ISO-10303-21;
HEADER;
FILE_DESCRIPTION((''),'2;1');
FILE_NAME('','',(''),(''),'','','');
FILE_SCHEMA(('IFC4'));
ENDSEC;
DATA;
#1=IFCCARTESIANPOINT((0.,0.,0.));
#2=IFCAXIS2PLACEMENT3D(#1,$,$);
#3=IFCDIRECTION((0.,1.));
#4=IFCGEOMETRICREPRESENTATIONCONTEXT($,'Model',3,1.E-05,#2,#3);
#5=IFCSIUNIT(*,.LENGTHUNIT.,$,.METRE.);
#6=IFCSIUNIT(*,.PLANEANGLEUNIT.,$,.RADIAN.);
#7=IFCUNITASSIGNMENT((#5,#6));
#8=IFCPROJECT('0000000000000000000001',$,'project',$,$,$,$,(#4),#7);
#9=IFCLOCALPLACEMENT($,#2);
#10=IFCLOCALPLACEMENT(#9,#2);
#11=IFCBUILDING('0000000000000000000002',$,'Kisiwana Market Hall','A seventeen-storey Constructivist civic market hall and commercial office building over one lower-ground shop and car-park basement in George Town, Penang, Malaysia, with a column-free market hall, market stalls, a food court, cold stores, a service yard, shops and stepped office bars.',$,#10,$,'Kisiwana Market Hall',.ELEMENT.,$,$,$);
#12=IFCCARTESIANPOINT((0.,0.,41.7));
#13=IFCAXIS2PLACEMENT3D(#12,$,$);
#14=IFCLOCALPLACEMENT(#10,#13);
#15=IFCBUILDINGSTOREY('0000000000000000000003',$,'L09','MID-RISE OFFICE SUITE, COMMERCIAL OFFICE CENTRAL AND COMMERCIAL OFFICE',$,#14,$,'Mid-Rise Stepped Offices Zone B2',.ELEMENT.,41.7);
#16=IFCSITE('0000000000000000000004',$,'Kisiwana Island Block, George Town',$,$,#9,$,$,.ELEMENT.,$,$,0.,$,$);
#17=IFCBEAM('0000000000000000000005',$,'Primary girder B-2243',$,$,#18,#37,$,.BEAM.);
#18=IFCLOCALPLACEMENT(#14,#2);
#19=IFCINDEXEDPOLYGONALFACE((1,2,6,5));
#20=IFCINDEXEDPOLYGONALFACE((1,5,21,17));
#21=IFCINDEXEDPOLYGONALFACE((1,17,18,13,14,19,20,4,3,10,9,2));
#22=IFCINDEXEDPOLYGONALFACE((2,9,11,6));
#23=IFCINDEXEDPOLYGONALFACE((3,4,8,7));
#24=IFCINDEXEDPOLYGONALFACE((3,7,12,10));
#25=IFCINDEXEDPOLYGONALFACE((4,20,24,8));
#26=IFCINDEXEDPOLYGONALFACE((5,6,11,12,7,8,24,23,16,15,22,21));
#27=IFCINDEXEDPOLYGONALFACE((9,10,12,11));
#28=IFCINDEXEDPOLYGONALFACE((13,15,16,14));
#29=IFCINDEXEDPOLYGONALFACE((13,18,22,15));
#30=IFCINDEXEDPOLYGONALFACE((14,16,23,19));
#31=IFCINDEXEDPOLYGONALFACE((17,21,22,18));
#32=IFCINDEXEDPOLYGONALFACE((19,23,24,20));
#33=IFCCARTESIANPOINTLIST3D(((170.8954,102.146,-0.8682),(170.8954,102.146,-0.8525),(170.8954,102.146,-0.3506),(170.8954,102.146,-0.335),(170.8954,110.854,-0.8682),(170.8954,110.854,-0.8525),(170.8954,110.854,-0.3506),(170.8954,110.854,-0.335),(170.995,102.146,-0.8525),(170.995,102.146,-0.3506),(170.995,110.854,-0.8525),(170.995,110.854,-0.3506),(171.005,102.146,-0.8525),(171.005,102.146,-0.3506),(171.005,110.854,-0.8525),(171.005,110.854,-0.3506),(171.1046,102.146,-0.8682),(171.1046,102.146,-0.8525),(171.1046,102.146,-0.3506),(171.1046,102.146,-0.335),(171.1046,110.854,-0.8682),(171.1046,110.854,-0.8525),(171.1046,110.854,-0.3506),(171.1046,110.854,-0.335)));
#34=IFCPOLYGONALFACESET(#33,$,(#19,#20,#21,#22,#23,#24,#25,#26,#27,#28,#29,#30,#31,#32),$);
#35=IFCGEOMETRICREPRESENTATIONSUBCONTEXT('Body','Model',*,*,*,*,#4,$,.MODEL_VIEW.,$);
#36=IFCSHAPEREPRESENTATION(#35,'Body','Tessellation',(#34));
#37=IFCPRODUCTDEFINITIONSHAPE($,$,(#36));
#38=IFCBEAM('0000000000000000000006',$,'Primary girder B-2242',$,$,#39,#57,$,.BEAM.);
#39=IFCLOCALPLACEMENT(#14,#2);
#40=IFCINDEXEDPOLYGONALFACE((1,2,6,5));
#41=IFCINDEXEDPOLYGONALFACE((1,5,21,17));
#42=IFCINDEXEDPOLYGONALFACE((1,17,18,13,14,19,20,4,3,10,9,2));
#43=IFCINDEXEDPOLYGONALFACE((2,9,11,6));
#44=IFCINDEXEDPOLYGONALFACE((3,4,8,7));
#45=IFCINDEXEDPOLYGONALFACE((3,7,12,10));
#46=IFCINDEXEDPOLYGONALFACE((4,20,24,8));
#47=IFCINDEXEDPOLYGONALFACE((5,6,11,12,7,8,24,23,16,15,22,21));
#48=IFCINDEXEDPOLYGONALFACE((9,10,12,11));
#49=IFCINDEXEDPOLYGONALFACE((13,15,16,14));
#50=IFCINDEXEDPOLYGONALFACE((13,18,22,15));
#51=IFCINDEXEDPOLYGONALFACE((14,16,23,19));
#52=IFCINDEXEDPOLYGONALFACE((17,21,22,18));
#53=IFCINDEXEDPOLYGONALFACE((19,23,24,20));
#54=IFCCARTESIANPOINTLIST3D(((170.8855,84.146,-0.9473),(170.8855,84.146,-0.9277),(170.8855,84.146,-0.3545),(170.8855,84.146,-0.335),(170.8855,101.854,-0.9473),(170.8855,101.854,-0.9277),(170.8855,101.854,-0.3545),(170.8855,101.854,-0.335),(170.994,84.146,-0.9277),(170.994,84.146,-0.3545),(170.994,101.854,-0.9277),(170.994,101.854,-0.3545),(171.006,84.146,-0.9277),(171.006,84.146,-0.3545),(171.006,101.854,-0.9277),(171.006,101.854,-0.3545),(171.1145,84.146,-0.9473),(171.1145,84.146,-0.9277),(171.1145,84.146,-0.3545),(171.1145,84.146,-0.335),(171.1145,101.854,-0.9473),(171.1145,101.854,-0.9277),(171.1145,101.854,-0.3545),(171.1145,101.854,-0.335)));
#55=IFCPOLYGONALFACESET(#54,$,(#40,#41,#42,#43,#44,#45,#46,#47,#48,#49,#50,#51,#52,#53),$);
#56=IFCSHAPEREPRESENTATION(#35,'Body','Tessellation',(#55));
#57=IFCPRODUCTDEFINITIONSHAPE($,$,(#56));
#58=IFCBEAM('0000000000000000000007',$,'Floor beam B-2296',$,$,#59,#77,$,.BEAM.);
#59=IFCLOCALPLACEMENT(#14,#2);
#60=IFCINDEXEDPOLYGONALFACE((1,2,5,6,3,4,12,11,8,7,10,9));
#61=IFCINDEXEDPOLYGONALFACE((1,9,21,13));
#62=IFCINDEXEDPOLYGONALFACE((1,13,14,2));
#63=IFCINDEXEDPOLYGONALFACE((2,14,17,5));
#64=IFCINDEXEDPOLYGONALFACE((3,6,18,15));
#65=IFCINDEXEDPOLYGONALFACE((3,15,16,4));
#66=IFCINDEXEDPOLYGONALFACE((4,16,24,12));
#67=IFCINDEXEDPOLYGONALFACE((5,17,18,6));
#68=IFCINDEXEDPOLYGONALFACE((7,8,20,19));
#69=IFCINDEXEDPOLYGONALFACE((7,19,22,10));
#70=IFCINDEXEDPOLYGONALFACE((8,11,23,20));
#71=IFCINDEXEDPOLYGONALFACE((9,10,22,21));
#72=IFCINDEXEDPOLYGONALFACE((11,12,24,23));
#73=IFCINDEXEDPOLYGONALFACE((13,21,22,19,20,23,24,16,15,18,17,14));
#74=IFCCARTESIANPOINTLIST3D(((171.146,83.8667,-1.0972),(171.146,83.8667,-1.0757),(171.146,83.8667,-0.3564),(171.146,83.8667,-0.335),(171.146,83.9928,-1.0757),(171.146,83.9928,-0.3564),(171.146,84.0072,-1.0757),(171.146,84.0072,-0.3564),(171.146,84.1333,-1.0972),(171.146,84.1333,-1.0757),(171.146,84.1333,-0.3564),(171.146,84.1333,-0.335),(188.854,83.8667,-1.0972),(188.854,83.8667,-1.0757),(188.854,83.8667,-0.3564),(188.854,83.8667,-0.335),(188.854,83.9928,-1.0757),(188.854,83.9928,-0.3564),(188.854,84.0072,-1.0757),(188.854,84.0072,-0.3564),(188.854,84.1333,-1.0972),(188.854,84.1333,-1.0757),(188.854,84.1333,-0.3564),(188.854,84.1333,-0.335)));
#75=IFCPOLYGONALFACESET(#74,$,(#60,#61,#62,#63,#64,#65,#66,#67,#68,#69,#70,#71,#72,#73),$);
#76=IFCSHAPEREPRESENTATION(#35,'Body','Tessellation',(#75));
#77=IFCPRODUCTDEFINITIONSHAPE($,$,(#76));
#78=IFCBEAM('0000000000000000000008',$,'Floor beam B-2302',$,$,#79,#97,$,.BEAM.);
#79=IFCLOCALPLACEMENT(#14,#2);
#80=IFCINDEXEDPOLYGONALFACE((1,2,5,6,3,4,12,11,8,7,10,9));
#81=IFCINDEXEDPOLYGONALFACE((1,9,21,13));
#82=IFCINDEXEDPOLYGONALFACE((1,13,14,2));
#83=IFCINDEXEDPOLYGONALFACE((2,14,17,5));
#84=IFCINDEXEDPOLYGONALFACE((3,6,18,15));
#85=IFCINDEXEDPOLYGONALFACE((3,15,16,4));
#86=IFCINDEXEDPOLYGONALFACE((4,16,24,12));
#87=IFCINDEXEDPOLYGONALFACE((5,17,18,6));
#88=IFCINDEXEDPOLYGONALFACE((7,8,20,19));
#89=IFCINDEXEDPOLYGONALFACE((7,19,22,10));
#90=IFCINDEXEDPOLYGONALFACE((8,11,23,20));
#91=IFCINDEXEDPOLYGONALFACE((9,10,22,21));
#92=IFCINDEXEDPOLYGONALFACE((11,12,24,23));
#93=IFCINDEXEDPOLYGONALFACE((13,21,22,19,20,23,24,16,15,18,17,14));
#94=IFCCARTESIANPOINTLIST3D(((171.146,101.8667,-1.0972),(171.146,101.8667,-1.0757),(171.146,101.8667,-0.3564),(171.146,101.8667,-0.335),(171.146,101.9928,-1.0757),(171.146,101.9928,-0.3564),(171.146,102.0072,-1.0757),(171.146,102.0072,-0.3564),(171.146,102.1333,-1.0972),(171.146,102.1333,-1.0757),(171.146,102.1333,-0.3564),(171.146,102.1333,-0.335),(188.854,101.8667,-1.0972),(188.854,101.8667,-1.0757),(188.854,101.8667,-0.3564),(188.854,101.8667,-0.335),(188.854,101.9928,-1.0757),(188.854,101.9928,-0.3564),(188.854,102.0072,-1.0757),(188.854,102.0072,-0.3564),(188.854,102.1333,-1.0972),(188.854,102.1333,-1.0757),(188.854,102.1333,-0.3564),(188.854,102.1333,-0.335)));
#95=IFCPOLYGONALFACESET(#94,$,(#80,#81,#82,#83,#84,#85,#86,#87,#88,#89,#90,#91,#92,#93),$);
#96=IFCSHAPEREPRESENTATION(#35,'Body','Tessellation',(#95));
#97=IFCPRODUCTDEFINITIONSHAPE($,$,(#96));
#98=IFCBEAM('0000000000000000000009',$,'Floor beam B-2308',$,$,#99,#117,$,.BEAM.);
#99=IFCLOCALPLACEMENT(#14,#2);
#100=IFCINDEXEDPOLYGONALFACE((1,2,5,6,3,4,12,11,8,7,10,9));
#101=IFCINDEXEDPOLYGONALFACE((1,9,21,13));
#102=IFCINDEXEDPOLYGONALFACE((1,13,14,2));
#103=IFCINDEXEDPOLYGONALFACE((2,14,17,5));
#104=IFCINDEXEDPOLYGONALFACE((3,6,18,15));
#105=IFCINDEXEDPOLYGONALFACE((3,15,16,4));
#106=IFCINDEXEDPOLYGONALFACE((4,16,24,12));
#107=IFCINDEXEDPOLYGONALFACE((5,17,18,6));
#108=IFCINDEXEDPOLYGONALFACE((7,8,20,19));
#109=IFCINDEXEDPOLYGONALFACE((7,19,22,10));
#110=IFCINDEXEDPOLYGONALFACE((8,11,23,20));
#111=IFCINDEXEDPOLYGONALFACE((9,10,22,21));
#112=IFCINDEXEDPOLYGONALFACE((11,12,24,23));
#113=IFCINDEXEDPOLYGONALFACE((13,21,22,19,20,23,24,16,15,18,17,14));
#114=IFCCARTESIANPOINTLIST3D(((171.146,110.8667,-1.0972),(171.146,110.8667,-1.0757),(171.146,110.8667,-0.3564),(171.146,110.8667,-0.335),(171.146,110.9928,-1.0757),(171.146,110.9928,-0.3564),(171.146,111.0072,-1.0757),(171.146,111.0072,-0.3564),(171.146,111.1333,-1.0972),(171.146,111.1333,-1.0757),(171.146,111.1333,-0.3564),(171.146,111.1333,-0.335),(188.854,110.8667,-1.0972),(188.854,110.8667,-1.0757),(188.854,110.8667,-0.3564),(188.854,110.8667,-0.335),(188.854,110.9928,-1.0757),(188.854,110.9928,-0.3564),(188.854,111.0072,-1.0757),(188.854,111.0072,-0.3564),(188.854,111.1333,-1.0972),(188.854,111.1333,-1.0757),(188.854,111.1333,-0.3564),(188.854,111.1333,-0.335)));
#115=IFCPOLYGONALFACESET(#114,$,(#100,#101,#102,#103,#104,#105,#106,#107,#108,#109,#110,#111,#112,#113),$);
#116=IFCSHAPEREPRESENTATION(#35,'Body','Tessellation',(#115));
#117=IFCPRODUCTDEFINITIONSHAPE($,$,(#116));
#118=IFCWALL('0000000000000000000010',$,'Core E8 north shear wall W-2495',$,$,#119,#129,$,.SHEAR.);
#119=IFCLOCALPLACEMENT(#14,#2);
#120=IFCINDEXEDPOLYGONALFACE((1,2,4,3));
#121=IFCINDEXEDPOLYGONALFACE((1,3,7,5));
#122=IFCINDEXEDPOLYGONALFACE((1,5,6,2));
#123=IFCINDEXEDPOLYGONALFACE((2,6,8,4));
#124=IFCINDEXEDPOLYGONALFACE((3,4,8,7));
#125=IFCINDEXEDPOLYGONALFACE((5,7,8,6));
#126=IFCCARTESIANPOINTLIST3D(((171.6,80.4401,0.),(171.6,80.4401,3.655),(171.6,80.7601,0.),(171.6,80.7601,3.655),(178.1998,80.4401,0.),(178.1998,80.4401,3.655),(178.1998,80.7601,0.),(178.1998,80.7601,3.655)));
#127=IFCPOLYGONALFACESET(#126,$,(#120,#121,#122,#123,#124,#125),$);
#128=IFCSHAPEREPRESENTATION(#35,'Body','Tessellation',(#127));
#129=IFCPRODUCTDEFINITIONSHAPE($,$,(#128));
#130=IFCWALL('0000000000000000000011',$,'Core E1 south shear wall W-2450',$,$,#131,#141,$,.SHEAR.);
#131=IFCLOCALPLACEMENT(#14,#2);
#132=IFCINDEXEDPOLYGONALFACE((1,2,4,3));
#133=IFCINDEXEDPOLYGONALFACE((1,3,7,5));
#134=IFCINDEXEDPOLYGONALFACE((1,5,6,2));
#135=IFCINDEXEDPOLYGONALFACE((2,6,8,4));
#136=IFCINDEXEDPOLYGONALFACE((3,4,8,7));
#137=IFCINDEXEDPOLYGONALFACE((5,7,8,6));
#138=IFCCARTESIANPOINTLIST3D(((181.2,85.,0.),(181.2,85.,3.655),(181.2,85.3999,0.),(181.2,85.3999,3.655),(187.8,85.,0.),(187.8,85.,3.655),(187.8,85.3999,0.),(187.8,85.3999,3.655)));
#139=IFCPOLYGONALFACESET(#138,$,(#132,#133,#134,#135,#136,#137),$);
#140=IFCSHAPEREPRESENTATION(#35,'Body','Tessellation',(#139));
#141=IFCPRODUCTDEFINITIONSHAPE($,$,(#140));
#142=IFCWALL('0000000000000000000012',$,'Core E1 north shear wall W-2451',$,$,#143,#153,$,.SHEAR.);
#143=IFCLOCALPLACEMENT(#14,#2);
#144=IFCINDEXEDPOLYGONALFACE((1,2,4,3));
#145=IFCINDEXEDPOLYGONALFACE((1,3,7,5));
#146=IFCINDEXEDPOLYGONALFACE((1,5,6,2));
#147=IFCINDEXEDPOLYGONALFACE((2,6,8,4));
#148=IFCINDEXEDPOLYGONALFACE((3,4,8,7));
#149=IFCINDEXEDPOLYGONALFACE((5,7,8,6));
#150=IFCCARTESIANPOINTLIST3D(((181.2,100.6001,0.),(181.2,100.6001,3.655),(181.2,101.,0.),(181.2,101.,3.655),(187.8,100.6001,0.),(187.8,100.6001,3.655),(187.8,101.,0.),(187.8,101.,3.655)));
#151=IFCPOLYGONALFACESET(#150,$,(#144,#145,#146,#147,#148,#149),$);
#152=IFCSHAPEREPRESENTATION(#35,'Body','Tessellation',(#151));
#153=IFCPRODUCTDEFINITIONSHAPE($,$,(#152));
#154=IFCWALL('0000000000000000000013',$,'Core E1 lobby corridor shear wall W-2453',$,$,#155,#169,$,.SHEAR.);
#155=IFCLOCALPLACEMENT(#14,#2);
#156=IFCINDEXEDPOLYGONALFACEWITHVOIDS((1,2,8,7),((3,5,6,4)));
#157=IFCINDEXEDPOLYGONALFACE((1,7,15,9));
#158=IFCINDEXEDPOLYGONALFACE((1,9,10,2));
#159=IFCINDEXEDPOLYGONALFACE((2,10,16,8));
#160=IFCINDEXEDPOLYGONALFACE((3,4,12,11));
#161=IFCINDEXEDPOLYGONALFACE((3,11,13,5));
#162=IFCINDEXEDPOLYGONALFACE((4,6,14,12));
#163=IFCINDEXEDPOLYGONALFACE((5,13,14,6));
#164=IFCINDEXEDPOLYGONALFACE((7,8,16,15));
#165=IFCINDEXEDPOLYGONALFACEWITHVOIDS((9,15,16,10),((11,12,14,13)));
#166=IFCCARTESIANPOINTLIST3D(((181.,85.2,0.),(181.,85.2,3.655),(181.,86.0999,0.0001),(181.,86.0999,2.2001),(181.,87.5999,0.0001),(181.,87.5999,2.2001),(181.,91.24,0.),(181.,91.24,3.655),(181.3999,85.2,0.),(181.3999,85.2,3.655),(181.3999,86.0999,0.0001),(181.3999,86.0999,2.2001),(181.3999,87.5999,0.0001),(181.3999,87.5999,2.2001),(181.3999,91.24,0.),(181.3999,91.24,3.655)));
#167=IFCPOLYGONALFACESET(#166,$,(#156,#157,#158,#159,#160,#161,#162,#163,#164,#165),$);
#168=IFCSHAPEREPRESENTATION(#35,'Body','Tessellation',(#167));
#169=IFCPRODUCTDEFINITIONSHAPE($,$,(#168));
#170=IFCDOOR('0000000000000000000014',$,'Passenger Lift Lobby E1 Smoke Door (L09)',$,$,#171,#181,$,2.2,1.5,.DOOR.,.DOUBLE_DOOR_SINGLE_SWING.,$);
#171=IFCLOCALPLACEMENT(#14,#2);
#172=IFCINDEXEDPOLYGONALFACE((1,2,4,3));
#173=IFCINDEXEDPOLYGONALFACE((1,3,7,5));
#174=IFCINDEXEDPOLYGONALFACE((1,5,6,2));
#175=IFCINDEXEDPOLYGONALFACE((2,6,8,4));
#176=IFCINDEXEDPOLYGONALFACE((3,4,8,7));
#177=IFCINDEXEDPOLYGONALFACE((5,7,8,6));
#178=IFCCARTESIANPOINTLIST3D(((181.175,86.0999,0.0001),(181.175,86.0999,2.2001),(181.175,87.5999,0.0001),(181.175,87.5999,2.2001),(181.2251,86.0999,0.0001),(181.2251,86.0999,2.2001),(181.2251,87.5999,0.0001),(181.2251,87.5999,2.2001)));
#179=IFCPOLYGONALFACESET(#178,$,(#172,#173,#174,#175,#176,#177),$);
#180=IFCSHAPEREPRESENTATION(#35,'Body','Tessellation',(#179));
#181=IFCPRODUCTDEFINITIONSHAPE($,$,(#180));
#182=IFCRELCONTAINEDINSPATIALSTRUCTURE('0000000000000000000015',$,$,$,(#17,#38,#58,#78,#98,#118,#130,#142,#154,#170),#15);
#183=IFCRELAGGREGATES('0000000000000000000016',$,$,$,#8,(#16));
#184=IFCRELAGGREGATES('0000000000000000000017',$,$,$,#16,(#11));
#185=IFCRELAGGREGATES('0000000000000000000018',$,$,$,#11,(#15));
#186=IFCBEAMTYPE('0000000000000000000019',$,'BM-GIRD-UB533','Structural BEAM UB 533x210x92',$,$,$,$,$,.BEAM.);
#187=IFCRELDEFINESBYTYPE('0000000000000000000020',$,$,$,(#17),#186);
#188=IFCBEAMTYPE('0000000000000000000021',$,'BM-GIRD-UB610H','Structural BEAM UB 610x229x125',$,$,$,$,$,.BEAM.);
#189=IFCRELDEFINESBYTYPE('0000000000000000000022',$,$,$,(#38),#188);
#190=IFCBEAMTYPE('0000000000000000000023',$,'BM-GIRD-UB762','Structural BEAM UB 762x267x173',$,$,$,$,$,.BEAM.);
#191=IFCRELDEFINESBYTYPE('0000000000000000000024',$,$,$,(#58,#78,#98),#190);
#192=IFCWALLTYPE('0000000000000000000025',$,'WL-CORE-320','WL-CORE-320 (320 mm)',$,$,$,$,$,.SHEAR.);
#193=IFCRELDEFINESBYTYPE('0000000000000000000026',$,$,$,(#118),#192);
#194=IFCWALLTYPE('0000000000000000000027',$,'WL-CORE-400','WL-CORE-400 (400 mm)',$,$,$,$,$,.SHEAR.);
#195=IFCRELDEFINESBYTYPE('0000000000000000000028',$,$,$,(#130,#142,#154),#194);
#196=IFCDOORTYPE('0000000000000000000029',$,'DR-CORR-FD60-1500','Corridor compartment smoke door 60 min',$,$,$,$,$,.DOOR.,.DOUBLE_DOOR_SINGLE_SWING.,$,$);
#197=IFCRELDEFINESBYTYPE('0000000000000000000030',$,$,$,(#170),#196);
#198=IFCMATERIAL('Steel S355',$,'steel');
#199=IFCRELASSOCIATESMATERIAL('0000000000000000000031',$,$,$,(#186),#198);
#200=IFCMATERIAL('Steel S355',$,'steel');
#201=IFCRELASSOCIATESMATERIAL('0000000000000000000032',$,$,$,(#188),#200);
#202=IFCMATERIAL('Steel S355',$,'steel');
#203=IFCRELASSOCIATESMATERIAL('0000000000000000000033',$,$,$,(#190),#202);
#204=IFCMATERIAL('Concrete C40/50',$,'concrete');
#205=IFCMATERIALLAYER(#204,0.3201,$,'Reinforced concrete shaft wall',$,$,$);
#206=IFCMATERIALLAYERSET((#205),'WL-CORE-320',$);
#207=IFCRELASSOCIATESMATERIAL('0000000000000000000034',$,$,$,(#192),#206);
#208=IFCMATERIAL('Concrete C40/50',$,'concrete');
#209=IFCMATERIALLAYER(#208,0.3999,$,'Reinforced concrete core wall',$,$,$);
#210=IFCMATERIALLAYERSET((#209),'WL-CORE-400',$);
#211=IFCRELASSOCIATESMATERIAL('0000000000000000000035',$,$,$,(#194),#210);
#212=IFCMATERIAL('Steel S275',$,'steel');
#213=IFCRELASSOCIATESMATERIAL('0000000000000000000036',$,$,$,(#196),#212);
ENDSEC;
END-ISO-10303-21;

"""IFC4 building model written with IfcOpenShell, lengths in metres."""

from ifc_helpers import new_model, si_unit, direction, frame, frame_2d, origin, origin_2d, place, context, subcontext, project, spatial, rectangle, i_section, extrude, material, layer, layer_set, material_profile, profile_set, type_object, element, fill, save


model = new_model("IFC4")

# Units and contexts
model_context = context("Model", 3, precision=1e-05, world=origin(), true_north=direction((0.0, 1.0)))
body_context = subcontext(model_context, "Body", "Model", "MODEL_VIEW")
ifc_project = project(units=[si_unit("LENGTHUNIT", "METRE"), si_unit("PLANEANGLEUNIT", "RADIAN")], contexts=[model_context])

# Site, building, storey
site_placement = place(None, origin())
site = spatial("IfcSite", under=ifc_project, at=site_placement, Name="Kisiwana Island Block, George Town", CompositionType="ELEMENT", RefElevation=0.0)
building_placement = place(site_placement, origin())
building = spatial("IfcBuilding", under=site, at=building_placement, Name="Kisiwana Market Hall", Description="A seventeen-storey Constructivist civic market hall and commercial office building over one lower-ground shop and car-park basement in George Town, Penang, Malaysia, with a column-free market hall, market stalls, a food court, cold stores, a service yard, shops and stepped office bars.", LongName="Kisiwana Market Hall", CompositionType="ELEMENT")
storey_placement = place(building_placement, frame((0.0, 0.0, 41.7)))
storey = spatial("IfcBuildingStorey", under=building, at=storey_placement, Name="L09", Description="MID-RISE OFFICE SUITE, COMMERCIAL OFFICE CENTRAL AND COMMERCIAL OFFICE", LongName="Mid-Rise Stepped Offices Zone B2", CompositionType="ELEMENT", Elevation=41.7)

# Beams
ifc_material_1 = material(Name="Steel S355", Category="steel")
ifc_material_profile_1 = material_profile(ifc_material_1, i_section(OverallWidth=0.2092, OverallDepth=0.5332, WebThickness=0.01, FlangeThickness=0.0156, at=origin_2d()), Name="UB 533x210x92")
ifc_profile_set_1 = profile_set([ifc_material_profile_1], Name="Steel S355")
beam_type_1 = type_object("IfcBeamType", Name="BM-GIRD-UB533", Description="Structural BEAM UB 533x210x92", PredefinedType="BEAM", material=ifc_profile_set_1)
beam_1_placement = place(storey_placement, frame((171.0, 102.146, -0.6016), z_axis=(0.0, 1.0, 0.0), x_axis=(-1.0, 0.0, 0.0)))
element("IfcBeam", 1, at=beam_1_placement, inside=storey, type_object=beam_type_1, Name="Primary girder B-2243", PredefinedType="BEAM", context=body_context, shape_type="SweptSolid", body=[
    extrude(i_section(OverallWidth=0.2092, OverallDepth=0.5332, WebThickness=0.01, FlangeThickness=0.0156, at=origin_2d()), origin(), (0.0, 0.0, 1.0), 8.708),
])
ifc_material_2 = material(Name="Steel S355", Category="steel")
ifc_material_profile_2 = material_profile(ifc_material_2, i_section(OverallWidth=0.229, OverallDepth=0.6123, WebThickness=0.012, FlangeThickness=0.0195, at=origin_2d()), Name="UB 610x229x125")
ifc_profile_set_2 = profile_set([ifc_material_profile_2], Name="Steel S355")
beam_type_2 = type_object("IfcBeamType", Name="BM-GIRD-UB610H", Description="Structural BEAM UB 610x229x125", PredefinedType="BEAM", material=ifc_profile_set_2)
beam_2_placement = place(storey_placement, frame((171.0, 84.146, -0.6411), z_axis=(0.0, 1.0, 0.0), x_axis=(-1.0, 0.0, 0.0)))
element("IfcBeam", 2, at=beam_2_placement, inside=storey, type_object=beam_type_2, Name="Primary girder B-2242", PredefinedType="BEAM", context=body_context, shape_type="SweptSolid", body=[
    extrude(i_section(OverallWidth=0.229, OverallDepth=0.6123, WebThickness=0.012, FlangeThickness=0.0195, at=origin_2d()), origin(), (0.0, 0.0, 1.0), 17.708),
])
ifc_material_3 = material(Name="Steel S355", Category="steel")
ifc_material_profile_3 = material_profile(ifc_material_3, i_section(OverallWidth=0.2666, OverallDepth=0.7622, WebThickness=0.0144, FlangeThickness=0.0215, at=origin_2d()), Name="UB 762x267x173")
ifc_profile_set_3 = profile_set([ifc_material_profile_3], Name="Steel S355")
beam_type_3 = type_object("IfcBeamType", Name="BM-GIRD-UB762", Description="Structural BEAM UB 762x267x173", PredefinedType="BEAM", material=ifc_profile_set_3)
for number, where, z_axis, x_axis, name in (
    (3, (171.146, 84.0, -0.7161), (1.0, 0.0, 0.0), (0.0, 1.0, 0.0), "Floor beam B-2296"),
    (4, (171.146, 102.0, -0.7161), (1.0, 0.0, 0.0), (0.0, 1.0, 0.0), "Floor beam B-2302"),
    (5, (171.146, 111.0, -0.7161), (1.0, 0.0, 0.0), (0.0, 1.0, 0.0), "Floor beam B-2308"),
):
    element("IfcBeam", number, at=place(storey_placement, frame(where, z_axis=z_axis, x_axis=x_axis)), inside=storey, type_object=beam_type_3, Name=name, PredefinedType="BEAM", context=body_context, shape_type="SweptSolid", body=[
        extrude(i_section(OverallWidth=0.2666, OverallDepth=0.7622, WebThickness=0.0144, FlangeThickness=0.0215, at=origin_2d()), origin(), (0.0, 0.0, 1.0), 17.708),
    ])

# Walls
ifc_material_4 = material(Name="Concrete C40/50", Category="concrete")
ifc_layer_1 = layer(ifc_material_4, 0.3201, Name="Reinforced concrete shaft wall")
ifc_layer_set_1 = layer_set([ifc_layer_1], Name="WL-CORE-320")
wall_type_1 = type_object("IfcWallType", Name="WL-CORE-320", Description="WL-CORE-320 (320 mm)", PredefinedType="SHEAR", material=ifc_layer_set_1)
wall_1_placement = place(storey_placement, frame((171.6001, 80.6001, 0.0), z_axis=(0.0, 0.0, 1.0), x_axis=(1.0, 0.0, 0.0)))
element("IfcWall", 6, at=wall_1_placement, inside=storey, type_object=wall_type_1, Name="Core E8 north shear wall W-2495", PredefinedType="SHEAR", context=body_context, shape_type="SweptSolid", body=[
    extrude(rectangle(XDim=6.5999, YDim=0.3201, at=frame_2d((3.2998, 0.0))), origin(), (0.0, 0.0, 1.0), 3.655),
])
ifc_material_5 = material(Name="Concrete C40/50", Category="concrete")
ifc_layer_2 = layer(ifc_material_5, 0.3999, Name="Reinforced concrete core wall")
ifc_layer_set_2 = layer_set([ifc_layer_2], Name="WL-CORE-400")
wall_type_2 = type_object("IfcWallType", Name="WL-CORE-400", Description="WL-CORE-400 (400 mm)", PredefinedType="SHEAR", material=ifc_layer_set_2)
for number, where, z_axis, x_axis, name in (
    (7, (181.2, 85.2, 0.0), (0.0, 0.0, 1.0), (1.0, 0.0, 0.0), "Core E1 south shear wall W-2450"),
    (8, (181.2, 100.8, 0.0), (0.0, 0.0, 1.0), (1.0, 0.0, 0.0), "Core E1 north shear wall W-2451"),
):
    element("IfcWall", number, at=place(storey_placement, frame(where, z_axis=z_axis, x_axis=x_axis)), inside=storey, type_object=wall_type_2, Name=name, PredefinedType="SHEAR", context=body_context, shape_type="SweptSolid", body=[
        extrude(rectangle(XDim=6.6001, YDim=0.3999, at=frame_2d((3.3, 0.0))), origin(), (0.0, 0.0, 1.0), 3.655),
    ])

# Wall, opening, door
wall_2_placement = place(storey_placement, frame((181.2, 85.2, 0.0), z_axis=(0.0, 0.0, 1.0), x_axis=(0.0, 1.0, 0.0)))
wall_2 = element("IfcWall", 9, at=wall_2_placement, inside=storey, type_object=wall_type_2, Name="Core E1 lobby corridor shear wall W-2453", PredefinedType="SHEAR", context=body_context, shape_type="SweptSolid", body=[
    extrude(rectangle(XDim=6.04, YDim=0.3999, at=frame_2d((3.02, 0.0))), origin(), (0.0, 0.0, 1.0), 3.655),
])
opening_1_placement = place(wall_2_placement, frame((0.8999, 0.0, 0.0)))
opening_1 = element("IfcOpeningElement", 10, at=opening_1_placement, cuts=wall_2, PredefinedType="OPENING", context=body_context, shape_type="SweptSolid", body=[
    extrude(rectangle(XDim=1.5, YDim=2.2, at=frame_2d((0.75, 1.1001))), frame((0.0, 0.2119, 0.0), z_axis=(0.0, -1.0, 0.0), x_axis=(1.0, 0.0, 0.0)), (0.0, 0.0, 1.0), 0.4238),
])
ifc_material_6 = material(Name="Steel S275", Category="steel")
door_type_1 = type_object("IfcDoorType", Name="DR-CORR-FD60-1500", Description="Corridor compartment smoke door 60 min", OperationType="DOUBLE_DOOR_SINGLE_SWING", PredefinedType="DOOR", material=ifc_material_6)
door_1_placement = place(opening_1_placement, origin())
door_1 = element("IfcDoor", 11, at=door_1_placement, inside=storey, type_object=door_type_1, Name="Passenger Lift Lobby E1 Smoke Door (L09)", OperationType="DOUBLE_DOOR_SINGLE_SWING", OverallHeight=2.2, OverallWidth=1.5, PredefinedType="DOOR", context=body_context, shape_type="SweptSolid", body=[
    extrude(rectangle(XDim=1.5, YDim=2.2, at=frame_2d((0.75, 1.1001))), frame((0.0, 0.0249, 0.0), z_axis=(0.0, -1.0, 0.0), x_axis=(1.0, 0.0, 0.0)), (0.0, 0.0, 1.0), 0.05),
])
fill(opening_1, door_1)

save(model, "model.ifc")
